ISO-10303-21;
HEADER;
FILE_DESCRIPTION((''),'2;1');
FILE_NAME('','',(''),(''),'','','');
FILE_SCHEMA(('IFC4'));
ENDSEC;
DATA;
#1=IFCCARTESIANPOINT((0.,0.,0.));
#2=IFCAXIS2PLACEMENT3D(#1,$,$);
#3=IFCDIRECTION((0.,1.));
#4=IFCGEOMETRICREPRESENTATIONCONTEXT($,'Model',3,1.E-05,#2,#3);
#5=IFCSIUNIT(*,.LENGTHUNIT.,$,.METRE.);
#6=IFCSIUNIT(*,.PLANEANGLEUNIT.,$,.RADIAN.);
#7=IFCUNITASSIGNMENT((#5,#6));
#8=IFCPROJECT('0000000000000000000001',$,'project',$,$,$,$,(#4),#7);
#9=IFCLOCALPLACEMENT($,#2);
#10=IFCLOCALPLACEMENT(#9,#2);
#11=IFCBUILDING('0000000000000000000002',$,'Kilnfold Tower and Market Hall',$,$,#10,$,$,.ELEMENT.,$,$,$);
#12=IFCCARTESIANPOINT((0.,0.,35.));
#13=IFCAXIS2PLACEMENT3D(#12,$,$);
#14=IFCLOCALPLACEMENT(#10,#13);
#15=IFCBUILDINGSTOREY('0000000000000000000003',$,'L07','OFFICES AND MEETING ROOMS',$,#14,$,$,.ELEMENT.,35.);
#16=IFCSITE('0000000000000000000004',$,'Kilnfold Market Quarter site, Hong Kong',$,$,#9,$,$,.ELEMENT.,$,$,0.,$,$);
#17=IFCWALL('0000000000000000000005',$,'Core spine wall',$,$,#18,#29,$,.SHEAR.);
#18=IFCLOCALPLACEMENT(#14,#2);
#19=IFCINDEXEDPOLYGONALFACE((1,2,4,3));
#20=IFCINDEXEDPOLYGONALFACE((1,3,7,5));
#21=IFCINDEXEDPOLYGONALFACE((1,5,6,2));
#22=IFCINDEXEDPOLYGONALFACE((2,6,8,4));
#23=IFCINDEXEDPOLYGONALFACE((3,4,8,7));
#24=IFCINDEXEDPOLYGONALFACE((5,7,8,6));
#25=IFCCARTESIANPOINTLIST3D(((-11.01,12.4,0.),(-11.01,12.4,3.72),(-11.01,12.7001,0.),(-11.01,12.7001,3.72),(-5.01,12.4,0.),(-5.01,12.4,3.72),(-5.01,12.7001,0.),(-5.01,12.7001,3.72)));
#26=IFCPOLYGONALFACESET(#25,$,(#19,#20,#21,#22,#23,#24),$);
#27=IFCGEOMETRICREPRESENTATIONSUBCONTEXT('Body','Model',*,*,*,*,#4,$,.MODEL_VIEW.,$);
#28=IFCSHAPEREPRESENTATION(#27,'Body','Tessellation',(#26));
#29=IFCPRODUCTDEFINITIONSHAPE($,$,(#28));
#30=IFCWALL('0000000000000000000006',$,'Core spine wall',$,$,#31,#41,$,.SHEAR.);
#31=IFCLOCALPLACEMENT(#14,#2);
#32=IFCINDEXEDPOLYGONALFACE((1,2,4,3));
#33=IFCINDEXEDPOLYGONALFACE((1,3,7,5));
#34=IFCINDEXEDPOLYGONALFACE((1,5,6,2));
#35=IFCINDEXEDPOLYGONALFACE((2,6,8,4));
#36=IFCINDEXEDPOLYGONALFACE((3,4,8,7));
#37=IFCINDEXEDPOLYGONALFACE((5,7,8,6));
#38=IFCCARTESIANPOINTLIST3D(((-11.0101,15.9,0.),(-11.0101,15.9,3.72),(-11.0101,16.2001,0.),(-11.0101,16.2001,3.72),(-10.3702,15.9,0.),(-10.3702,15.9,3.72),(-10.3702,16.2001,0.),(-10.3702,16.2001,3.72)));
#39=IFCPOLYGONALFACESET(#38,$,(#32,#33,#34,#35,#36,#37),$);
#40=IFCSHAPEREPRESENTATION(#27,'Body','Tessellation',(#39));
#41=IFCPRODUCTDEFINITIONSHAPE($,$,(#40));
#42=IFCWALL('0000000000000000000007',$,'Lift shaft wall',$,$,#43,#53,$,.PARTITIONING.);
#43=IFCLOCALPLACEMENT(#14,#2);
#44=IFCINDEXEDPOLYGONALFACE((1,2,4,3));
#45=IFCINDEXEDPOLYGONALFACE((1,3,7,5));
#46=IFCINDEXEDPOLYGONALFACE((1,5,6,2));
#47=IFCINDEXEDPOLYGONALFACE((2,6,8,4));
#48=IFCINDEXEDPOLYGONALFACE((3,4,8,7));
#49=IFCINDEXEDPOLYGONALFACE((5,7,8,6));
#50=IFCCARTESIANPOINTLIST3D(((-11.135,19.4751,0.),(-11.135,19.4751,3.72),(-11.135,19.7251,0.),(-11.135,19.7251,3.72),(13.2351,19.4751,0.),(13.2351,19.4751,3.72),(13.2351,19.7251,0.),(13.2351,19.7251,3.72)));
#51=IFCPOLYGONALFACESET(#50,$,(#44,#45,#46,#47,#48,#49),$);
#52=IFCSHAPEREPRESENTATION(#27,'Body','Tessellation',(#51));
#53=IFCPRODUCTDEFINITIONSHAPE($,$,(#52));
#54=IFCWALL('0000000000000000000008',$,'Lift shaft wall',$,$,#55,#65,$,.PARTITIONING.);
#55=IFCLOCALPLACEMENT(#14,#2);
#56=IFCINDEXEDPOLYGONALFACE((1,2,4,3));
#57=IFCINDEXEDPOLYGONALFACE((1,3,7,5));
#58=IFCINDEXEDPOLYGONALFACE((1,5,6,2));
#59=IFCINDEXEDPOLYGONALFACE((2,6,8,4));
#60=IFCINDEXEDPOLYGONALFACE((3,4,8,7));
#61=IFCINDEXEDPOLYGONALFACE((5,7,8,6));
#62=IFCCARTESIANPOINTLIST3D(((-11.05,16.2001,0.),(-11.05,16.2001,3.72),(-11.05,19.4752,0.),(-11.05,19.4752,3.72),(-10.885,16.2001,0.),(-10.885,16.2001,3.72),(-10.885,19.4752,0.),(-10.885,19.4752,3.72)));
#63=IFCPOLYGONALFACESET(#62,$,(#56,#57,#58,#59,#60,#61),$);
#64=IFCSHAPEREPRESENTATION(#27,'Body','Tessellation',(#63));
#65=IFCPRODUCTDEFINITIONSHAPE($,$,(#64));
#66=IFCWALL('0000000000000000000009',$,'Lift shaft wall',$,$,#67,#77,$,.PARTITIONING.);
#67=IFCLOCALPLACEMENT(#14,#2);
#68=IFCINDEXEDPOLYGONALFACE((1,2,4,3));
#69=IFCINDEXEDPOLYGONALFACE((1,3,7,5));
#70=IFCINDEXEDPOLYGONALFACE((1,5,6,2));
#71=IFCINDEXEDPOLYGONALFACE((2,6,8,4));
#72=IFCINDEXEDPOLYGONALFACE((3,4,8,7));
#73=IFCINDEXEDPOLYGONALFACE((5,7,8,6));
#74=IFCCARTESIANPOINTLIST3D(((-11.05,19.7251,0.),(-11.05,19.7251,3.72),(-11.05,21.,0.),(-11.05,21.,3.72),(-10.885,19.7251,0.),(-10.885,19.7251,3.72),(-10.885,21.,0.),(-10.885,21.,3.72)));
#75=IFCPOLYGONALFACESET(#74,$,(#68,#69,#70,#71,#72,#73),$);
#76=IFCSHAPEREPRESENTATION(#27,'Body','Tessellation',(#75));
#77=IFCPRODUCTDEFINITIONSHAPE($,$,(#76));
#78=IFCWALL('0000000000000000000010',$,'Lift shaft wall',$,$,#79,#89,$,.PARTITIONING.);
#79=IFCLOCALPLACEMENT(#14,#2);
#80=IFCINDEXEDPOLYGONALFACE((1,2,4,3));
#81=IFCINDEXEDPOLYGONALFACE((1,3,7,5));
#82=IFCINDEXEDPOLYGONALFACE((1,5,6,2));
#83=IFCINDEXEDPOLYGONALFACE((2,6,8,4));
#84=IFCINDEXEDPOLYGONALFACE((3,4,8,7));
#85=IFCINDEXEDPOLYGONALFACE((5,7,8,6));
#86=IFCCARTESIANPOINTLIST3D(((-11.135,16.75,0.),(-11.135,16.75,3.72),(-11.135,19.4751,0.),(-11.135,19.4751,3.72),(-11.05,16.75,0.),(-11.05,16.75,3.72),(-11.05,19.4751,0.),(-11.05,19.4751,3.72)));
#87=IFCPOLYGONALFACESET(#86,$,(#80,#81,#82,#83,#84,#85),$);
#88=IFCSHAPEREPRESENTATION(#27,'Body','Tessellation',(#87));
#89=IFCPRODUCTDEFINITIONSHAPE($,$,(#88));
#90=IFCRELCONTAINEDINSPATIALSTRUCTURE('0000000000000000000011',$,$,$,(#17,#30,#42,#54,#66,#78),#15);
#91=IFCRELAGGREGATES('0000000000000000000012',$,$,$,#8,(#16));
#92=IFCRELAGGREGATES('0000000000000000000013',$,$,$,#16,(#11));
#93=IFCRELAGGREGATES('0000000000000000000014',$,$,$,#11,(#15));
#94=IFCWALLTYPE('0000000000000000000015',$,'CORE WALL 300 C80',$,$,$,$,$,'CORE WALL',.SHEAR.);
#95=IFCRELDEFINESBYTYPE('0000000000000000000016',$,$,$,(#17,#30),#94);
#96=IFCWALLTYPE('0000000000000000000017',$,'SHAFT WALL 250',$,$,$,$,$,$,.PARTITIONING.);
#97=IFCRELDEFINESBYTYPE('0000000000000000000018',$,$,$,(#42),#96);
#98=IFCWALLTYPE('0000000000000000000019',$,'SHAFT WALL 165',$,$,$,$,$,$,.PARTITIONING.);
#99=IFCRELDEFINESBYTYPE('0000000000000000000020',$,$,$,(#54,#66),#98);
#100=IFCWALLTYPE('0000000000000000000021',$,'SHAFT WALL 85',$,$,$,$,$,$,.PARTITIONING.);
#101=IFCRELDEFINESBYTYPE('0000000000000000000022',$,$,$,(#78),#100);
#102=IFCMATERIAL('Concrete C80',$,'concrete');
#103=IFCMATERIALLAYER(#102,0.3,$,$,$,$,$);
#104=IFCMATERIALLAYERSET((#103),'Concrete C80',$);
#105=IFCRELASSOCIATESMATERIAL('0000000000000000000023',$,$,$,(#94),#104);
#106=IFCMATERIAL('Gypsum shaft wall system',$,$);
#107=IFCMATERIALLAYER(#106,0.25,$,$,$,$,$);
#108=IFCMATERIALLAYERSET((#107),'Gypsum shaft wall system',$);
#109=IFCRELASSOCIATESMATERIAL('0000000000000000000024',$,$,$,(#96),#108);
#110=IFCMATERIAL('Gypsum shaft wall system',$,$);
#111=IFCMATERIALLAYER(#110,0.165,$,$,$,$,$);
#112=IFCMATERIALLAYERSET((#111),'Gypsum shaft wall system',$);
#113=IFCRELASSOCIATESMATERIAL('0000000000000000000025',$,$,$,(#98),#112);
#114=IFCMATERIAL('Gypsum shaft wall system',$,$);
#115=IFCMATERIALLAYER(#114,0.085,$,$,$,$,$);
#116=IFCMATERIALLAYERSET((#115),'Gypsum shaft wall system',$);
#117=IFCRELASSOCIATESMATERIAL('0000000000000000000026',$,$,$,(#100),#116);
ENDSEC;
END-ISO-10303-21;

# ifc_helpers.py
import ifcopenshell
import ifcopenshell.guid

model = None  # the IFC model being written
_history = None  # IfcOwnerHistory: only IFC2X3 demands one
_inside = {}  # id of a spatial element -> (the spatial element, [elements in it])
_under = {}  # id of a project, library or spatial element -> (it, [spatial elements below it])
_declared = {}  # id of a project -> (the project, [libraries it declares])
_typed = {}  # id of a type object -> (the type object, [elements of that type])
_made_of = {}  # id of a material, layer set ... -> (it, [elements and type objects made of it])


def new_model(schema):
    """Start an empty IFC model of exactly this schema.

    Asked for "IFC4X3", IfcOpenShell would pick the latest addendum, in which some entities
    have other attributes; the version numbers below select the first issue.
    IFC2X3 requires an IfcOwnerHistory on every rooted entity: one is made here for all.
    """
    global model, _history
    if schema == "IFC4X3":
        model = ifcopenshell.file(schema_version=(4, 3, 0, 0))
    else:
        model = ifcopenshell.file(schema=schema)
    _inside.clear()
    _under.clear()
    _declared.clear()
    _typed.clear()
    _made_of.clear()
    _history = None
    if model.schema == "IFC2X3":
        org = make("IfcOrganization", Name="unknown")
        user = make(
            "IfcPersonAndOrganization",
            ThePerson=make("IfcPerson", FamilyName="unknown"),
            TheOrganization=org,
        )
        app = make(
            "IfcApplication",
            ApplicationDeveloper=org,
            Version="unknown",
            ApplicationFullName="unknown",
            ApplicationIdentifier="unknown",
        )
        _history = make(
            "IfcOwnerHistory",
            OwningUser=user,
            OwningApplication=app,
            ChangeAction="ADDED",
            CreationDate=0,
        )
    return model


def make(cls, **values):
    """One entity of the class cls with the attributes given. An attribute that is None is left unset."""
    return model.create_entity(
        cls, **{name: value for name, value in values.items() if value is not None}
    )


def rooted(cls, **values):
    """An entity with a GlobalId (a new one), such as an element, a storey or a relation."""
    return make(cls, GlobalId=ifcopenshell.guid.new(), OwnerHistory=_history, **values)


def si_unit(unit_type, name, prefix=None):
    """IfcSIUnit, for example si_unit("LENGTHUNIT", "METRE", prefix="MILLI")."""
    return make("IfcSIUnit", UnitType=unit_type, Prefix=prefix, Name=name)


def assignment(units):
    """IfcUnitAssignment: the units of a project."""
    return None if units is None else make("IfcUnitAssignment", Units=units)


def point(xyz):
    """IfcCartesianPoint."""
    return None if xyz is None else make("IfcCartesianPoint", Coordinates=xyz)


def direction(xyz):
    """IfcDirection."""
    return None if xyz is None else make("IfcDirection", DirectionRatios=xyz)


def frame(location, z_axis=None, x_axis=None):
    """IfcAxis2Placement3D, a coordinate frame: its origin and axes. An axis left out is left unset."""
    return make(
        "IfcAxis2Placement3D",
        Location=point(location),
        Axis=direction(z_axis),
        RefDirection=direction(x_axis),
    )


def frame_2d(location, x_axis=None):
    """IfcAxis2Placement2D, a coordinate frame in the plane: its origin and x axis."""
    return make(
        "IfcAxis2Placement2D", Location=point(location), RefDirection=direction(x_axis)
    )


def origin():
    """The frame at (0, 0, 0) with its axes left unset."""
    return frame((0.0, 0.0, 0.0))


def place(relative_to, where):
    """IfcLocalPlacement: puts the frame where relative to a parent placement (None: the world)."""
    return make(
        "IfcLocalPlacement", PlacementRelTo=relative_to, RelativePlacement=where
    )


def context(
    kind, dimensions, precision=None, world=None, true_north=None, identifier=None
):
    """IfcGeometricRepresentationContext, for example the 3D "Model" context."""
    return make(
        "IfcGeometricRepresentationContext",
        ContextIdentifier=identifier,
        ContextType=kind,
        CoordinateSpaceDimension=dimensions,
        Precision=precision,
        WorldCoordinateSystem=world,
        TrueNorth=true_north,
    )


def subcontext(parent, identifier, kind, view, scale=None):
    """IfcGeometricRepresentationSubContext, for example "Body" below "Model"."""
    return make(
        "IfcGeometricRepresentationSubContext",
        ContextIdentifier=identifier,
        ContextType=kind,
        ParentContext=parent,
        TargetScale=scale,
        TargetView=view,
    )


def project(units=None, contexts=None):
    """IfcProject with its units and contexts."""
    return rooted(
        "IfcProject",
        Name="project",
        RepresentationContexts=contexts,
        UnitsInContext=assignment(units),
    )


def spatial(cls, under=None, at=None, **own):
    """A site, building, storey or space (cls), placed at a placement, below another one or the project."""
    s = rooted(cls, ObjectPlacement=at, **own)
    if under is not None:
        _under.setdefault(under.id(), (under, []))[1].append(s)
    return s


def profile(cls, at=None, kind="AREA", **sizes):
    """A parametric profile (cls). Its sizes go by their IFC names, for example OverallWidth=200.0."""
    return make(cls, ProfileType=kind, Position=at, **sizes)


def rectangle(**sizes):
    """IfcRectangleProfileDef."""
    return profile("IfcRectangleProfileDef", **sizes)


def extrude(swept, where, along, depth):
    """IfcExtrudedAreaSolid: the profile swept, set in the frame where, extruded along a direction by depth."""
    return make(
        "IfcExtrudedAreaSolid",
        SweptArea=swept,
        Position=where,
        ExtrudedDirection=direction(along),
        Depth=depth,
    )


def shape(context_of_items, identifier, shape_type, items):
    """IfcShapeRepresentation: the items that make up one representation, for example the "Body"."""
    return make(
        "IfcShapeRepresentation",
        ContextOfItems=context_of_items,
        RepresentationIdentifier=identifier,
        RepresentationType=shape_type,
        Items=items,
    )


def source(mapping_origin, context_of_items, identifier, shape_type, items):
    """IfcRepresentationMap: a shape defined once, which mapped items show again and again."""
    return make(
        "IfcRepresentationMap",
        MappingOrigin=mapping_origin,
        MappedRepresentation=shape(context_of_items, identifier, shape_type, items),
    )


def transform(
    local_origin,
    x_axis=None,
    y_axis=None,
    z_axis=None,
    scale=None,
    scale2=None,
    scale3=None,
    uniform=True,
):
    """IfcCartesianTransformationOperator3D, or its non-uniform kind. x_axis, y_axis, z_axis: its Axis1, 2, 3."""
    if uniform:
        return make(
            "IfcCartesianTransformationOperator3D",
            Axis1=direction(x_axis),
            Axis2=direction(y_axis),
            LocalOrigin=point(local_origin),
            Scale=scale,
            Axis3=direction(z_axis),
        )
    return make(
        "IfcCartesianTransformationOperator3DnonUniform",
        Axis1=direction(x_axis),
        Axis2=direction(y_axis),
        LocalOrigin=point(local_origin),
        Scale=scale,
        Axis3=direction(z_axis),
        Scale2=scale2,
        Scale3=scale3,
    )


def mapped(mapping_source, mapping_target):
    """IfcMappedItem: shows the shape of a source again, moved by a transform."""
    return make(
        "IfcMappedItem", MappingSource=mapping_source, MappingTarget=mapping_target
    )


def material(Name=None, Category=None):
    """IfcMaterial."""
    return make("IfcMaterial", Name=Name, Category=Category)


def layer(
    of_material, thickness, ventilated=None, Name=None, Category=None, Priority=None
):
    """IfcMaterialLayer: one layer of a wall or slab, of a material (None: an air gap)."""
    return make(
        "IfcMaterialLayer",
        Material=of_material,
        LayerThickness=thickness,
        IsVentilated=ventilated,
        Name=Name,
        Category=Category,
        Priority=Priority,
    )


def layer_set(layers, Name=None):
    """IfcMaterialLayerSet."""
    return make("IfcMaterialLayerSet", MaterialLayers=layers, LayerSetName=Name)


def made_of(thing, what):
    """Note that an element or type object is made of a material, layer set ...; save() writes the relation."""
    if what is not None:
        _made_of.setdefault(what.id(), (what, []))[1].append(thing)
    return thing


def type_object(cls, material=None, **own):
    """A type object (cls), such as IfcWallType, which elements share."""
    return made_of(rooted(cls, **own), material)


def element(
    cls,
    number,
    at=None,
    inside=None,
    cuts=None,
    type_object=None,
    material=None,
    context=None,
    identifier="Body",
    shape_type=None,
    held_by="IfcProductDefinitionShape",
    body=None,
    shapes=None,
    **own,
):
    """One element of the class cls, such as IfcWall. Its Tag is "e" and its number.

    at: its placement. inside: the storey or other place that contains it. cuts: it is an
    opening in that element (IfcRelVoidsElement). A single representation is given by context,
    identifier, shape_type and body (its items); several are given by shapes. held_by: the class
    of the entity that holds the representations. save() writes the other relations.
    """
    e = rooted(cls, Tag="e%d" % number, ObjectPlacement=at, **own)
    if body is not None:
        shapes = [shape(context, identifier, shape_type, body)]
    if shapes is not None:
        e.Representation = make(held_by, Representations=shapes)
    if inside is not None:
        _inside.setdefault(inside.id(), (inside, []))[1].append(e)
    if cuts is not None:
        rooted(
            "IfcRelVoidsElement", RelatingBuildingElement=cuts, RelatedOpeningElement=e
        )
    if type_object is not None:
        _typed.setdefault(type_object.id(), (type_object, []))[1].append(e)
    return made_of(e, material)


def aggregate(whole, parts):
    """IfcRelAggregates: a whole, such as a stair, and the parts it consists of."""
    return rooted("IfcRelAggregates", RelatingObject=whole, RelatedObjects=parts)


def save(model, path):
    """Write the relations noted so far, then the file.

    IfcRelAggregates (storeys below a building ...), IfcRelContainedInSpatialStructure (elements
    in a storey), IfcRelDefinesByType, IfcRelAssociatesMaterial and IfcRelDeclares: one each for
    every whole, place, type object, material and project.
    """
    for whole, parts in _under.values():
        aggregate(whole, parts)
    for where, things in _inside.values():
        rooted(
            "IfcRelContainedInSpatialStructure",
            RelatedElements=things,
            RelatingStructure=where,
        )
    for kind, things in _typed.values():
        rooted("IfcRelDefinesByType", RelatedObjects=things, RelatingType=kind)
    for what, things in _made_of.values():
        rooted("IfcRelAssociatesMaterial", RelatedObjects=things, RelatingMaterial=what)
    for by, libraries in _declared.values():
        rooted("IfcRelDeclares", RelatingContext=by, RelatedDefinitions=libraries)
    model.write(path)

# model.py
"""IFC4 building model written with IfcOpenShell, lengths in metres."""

from ifc_helpers import new_model, si_unit, direction, frame, frame_2d, origin, place, context, subcontext, project, spatial, rectangle, extrude, source, transform, mapped, material, layer, layer_set, type_object, element, save


model = new_model("IFC4")

# Units and contexts
model_context = context("Model", 3, precision=1e-05, world=origin(), true_north=direction((0.0, 1.0)))
body_context = subcontext(model_context, "Body", "Model", "MODEL_VIEW")
ifc_project = project(units=[si_unit("LENGTHUNIT", "METRE"), si_unit("PLANEANGLEUNIT", "RADIAN")], contexts=[model_context])

# Site, building, storey
site_placement = place(None, origin())
site = spatial("IfcSite", under=ifc_project, at=site_placement, Name="Kilnfold Market Quarter site, Hong Kong", CompositionType="ELEMENT", RefElevation=0.0)
building_placement = place(site_placement, origin())
building = spatial("IfcBuilding", under=site, at=building_placement, Name="Kilnfold Tower and Market Hall", CompositionType="ELEMENT")
storey_placement = place(building_placement, frame((0.0, 0.0, 35.0)))
storey = spatial("IfcBuildingStorey", under=building, at=storey_placement, Name="L07", Description="OFFICES AND MEETING ROOMS", CompositionType="ELEMENT", Elevation=35.0)

# Walls
ifc_material_1 = material(Name="Concrete C80", Category="concrete")
ifc_layer_1 = layer(ifc_material_1, 0.3)
ifc_layer_set_1 = layer_set([ifc_layer_1], Name="Concrete C80")
wall_type_1 = type_object("IfcWallType", Name="CORE WALL 300 C80", ElementType="CORE WALL", PredefinedType="SHEAR", material=ifc_layer_set_1)
shared_shape_1 = source(origin(), body_context, "Body", "SweptSolid", [
    extrude(rectangle(XDim=6.0, YDim=0.3, at=frame_2d((3.0, 0.0))), origin(), (0.0, 0.0, 1.0), 3.72),
])
wall_1_placement = place(storey_placement, frame((-11.01, 12.55, 0.0), z_axis=(0.0, 0.0, 1.0), x_axis=(1.0, 0.0, 0.0)))
element("IfcWall", 1, at=wall_1_placement, inside=storey, type_object=wall_type_1, Name="Core spine wall", PredefinedType="SHEAR", context=body_context, shape_type="MappedRepresentation", body=[
    mapped(shared_shape_1, transform((0.0, 0.0, 0.0))),
])
shared_shape_2 = source(origin(), body_context, "Body", "SweptSolid", [
    extrude(rectangle(XDim=0.6399, YDim=0.3, at=frame_2d((0.3198, 0.0))), origin(), (0.0, 0.0, 1.0), 3.72),
])
wall_2_placement = place(storey_placement, frame((-11.01, 16.05, 0.0), z_axis=(0.0, 0.0, 1.0), x_axis=(1.0, 0.0, 0.0)))
element("IfcWall", 2, at=wall_2_placement, inside=storey, type_object=wall_type_1, Name="Core spine wall", PredefinedType="SHEAR", context=body_context, shape_type="MappedRepresentation", body=[
    mapped(shared_shape_2, transform((0.0, 0.0, 0.0))),
])
ifc_material_2 = material(Name="Gypsum shaft wall system")
ifc_layer_2 = layer(ifc_material_2, 0.25)
ifc_layer_set_2 = layer_set([ifc_layer_2], Name="Gypsum shaft wall system")
wall_type_2 = type_object("IfcWallType", Name="SHAFT WALL 250", PredefinedType="PARTITIONING", material=ifc_layer_set_2)
shared_shape_3 = source(origin(), body_context, "Body", "SweptSolid", [
    extrude(rectangle(XDim=24.3701, YDim=0.25, at=frame_2d((12.1851, 0.0))), origin(), (0.0, 0.0, 1.0), 3.72),
])
wall_3_placement = place(storey_placement, frame((-11.135, 19.6001, 0.0), z_axis=(0.0, 0.0, 1.0), x_axis=(1.0, 0.0, 0.0)))
element("IfcWall", 3, at=wall_3_placement, inside=storey, type_object=wall_type_2, Name="Lift shaft wall", PredefinedType="PARTITIONING", context=body_context, shape_type="MappedRepresentation", body=[
    mapped(shared_shape_3, transform((0.0, 0.0, 0.0))),
])
ifc_material_3 = material(Name="Gypsum shaft wall system")
ifc_layer_3 = layer(ifc_material_3, 0.165)
ifc_layer_set_3 = layer_set([ifc_layer_3], Name="Gypsum shaft wall system")
wall_type_3 = type_object("IfcWallType", Name="SHAFT WALL 165", PredefinedType="PARTITIONING", material=ifc_layer_set_3)
shared_shape_4 = source(origin(), body_context, "Body", "SweptSolid", [
    extrude(rectangle(XDim=3.2751, YDim=0.165, at=frame_2d((1.6377, 0.0))), origin(), (0.0, 0.0, 1.0), 3.72),
])
wall_4_placement = place(storey_placement, frame((-10.9675, 16.2, 0.0), z_axis=(0.0, 0.0, 1.0), x_axis=(0.0, 1.0, 0.0)))
element("IfcWall", 4, at=wall_4_placement, inside=storey, type_object=wall_type_3, Name="Lift shaft wall", PredefinedType="PARTITIONING", context=body_context, shape_type="MappedRepresentation", body=[
    mapped(shared_shape_4, transform((0.0, 0.0, 0.0))),
])
shared_shape_5 = source(origin(), body_context, "Body", "SweptSolid", [
    extrude(rectangle(XDim=1.2749, YDim=0.165, at=frame_2d((0.6375, 0.0))), origin(), (0.0, 0.0, 1.0), 3.72),
])
wall_5_placement = place(storey_placement, frame((-10.9675, 19.7251, 0.0), z_axis=(0.0, 0.0, 1.0), x_axis=(0.0, 1.0, 0.0)))
element("IfcWall", 5, at=wall_5_placement, inside=storey, type_object=wall_type_3, Name="Lift shaft wall", PredefinedType="PARTITIONING", context=body_context, shape_type="MappedRepresentation", body=[
    mapped(shared_shape_5, transform((0.0, 0.0, 0.0))),
])
ifc_material_4 = material(Name="Gypsum shaft wall system")
ifc_layer_4 = layer(ifc_material_4, 0.085)
ifc_layer_set_4 = layer_set([ifc_layer_4], Name="Gypsum shaft wall system")
wall_type_4 = type_object("IfcWallType", Name="SHAFT WALL 85", PredefinedType="PARTITIONING", material=ifc_layer_set_4)
shared_shape_6 = source(origin(), body_context, "Body", "SweptSolid", [
    extrude(rectangle(XDim=2.7251, YDim=0.085, at=frame_2d((1.3625, 0.0))), origin(), (0.0, 0.0, 1.0), 3.72),
])
wall_6_placement = place(storey_placement, frame((-11.0925, 16.75, 0.0), z_axis=(0.0, 0.0, 1.0), x_axis=(0.0, 1.0, 0.0)))
element("IfcWall", 6, at=wall_6_placement, inside=storey, type_object=wall_type_4, Name="Lift shaft wall", PredefinedType="PARTITIONING", context=body_context, shape_type="MappedRepresentation", body=[
    mapped(shared_shape_6, transform((0.0, 0.0, 0.0))),
])

save(model, "model.ifc")
